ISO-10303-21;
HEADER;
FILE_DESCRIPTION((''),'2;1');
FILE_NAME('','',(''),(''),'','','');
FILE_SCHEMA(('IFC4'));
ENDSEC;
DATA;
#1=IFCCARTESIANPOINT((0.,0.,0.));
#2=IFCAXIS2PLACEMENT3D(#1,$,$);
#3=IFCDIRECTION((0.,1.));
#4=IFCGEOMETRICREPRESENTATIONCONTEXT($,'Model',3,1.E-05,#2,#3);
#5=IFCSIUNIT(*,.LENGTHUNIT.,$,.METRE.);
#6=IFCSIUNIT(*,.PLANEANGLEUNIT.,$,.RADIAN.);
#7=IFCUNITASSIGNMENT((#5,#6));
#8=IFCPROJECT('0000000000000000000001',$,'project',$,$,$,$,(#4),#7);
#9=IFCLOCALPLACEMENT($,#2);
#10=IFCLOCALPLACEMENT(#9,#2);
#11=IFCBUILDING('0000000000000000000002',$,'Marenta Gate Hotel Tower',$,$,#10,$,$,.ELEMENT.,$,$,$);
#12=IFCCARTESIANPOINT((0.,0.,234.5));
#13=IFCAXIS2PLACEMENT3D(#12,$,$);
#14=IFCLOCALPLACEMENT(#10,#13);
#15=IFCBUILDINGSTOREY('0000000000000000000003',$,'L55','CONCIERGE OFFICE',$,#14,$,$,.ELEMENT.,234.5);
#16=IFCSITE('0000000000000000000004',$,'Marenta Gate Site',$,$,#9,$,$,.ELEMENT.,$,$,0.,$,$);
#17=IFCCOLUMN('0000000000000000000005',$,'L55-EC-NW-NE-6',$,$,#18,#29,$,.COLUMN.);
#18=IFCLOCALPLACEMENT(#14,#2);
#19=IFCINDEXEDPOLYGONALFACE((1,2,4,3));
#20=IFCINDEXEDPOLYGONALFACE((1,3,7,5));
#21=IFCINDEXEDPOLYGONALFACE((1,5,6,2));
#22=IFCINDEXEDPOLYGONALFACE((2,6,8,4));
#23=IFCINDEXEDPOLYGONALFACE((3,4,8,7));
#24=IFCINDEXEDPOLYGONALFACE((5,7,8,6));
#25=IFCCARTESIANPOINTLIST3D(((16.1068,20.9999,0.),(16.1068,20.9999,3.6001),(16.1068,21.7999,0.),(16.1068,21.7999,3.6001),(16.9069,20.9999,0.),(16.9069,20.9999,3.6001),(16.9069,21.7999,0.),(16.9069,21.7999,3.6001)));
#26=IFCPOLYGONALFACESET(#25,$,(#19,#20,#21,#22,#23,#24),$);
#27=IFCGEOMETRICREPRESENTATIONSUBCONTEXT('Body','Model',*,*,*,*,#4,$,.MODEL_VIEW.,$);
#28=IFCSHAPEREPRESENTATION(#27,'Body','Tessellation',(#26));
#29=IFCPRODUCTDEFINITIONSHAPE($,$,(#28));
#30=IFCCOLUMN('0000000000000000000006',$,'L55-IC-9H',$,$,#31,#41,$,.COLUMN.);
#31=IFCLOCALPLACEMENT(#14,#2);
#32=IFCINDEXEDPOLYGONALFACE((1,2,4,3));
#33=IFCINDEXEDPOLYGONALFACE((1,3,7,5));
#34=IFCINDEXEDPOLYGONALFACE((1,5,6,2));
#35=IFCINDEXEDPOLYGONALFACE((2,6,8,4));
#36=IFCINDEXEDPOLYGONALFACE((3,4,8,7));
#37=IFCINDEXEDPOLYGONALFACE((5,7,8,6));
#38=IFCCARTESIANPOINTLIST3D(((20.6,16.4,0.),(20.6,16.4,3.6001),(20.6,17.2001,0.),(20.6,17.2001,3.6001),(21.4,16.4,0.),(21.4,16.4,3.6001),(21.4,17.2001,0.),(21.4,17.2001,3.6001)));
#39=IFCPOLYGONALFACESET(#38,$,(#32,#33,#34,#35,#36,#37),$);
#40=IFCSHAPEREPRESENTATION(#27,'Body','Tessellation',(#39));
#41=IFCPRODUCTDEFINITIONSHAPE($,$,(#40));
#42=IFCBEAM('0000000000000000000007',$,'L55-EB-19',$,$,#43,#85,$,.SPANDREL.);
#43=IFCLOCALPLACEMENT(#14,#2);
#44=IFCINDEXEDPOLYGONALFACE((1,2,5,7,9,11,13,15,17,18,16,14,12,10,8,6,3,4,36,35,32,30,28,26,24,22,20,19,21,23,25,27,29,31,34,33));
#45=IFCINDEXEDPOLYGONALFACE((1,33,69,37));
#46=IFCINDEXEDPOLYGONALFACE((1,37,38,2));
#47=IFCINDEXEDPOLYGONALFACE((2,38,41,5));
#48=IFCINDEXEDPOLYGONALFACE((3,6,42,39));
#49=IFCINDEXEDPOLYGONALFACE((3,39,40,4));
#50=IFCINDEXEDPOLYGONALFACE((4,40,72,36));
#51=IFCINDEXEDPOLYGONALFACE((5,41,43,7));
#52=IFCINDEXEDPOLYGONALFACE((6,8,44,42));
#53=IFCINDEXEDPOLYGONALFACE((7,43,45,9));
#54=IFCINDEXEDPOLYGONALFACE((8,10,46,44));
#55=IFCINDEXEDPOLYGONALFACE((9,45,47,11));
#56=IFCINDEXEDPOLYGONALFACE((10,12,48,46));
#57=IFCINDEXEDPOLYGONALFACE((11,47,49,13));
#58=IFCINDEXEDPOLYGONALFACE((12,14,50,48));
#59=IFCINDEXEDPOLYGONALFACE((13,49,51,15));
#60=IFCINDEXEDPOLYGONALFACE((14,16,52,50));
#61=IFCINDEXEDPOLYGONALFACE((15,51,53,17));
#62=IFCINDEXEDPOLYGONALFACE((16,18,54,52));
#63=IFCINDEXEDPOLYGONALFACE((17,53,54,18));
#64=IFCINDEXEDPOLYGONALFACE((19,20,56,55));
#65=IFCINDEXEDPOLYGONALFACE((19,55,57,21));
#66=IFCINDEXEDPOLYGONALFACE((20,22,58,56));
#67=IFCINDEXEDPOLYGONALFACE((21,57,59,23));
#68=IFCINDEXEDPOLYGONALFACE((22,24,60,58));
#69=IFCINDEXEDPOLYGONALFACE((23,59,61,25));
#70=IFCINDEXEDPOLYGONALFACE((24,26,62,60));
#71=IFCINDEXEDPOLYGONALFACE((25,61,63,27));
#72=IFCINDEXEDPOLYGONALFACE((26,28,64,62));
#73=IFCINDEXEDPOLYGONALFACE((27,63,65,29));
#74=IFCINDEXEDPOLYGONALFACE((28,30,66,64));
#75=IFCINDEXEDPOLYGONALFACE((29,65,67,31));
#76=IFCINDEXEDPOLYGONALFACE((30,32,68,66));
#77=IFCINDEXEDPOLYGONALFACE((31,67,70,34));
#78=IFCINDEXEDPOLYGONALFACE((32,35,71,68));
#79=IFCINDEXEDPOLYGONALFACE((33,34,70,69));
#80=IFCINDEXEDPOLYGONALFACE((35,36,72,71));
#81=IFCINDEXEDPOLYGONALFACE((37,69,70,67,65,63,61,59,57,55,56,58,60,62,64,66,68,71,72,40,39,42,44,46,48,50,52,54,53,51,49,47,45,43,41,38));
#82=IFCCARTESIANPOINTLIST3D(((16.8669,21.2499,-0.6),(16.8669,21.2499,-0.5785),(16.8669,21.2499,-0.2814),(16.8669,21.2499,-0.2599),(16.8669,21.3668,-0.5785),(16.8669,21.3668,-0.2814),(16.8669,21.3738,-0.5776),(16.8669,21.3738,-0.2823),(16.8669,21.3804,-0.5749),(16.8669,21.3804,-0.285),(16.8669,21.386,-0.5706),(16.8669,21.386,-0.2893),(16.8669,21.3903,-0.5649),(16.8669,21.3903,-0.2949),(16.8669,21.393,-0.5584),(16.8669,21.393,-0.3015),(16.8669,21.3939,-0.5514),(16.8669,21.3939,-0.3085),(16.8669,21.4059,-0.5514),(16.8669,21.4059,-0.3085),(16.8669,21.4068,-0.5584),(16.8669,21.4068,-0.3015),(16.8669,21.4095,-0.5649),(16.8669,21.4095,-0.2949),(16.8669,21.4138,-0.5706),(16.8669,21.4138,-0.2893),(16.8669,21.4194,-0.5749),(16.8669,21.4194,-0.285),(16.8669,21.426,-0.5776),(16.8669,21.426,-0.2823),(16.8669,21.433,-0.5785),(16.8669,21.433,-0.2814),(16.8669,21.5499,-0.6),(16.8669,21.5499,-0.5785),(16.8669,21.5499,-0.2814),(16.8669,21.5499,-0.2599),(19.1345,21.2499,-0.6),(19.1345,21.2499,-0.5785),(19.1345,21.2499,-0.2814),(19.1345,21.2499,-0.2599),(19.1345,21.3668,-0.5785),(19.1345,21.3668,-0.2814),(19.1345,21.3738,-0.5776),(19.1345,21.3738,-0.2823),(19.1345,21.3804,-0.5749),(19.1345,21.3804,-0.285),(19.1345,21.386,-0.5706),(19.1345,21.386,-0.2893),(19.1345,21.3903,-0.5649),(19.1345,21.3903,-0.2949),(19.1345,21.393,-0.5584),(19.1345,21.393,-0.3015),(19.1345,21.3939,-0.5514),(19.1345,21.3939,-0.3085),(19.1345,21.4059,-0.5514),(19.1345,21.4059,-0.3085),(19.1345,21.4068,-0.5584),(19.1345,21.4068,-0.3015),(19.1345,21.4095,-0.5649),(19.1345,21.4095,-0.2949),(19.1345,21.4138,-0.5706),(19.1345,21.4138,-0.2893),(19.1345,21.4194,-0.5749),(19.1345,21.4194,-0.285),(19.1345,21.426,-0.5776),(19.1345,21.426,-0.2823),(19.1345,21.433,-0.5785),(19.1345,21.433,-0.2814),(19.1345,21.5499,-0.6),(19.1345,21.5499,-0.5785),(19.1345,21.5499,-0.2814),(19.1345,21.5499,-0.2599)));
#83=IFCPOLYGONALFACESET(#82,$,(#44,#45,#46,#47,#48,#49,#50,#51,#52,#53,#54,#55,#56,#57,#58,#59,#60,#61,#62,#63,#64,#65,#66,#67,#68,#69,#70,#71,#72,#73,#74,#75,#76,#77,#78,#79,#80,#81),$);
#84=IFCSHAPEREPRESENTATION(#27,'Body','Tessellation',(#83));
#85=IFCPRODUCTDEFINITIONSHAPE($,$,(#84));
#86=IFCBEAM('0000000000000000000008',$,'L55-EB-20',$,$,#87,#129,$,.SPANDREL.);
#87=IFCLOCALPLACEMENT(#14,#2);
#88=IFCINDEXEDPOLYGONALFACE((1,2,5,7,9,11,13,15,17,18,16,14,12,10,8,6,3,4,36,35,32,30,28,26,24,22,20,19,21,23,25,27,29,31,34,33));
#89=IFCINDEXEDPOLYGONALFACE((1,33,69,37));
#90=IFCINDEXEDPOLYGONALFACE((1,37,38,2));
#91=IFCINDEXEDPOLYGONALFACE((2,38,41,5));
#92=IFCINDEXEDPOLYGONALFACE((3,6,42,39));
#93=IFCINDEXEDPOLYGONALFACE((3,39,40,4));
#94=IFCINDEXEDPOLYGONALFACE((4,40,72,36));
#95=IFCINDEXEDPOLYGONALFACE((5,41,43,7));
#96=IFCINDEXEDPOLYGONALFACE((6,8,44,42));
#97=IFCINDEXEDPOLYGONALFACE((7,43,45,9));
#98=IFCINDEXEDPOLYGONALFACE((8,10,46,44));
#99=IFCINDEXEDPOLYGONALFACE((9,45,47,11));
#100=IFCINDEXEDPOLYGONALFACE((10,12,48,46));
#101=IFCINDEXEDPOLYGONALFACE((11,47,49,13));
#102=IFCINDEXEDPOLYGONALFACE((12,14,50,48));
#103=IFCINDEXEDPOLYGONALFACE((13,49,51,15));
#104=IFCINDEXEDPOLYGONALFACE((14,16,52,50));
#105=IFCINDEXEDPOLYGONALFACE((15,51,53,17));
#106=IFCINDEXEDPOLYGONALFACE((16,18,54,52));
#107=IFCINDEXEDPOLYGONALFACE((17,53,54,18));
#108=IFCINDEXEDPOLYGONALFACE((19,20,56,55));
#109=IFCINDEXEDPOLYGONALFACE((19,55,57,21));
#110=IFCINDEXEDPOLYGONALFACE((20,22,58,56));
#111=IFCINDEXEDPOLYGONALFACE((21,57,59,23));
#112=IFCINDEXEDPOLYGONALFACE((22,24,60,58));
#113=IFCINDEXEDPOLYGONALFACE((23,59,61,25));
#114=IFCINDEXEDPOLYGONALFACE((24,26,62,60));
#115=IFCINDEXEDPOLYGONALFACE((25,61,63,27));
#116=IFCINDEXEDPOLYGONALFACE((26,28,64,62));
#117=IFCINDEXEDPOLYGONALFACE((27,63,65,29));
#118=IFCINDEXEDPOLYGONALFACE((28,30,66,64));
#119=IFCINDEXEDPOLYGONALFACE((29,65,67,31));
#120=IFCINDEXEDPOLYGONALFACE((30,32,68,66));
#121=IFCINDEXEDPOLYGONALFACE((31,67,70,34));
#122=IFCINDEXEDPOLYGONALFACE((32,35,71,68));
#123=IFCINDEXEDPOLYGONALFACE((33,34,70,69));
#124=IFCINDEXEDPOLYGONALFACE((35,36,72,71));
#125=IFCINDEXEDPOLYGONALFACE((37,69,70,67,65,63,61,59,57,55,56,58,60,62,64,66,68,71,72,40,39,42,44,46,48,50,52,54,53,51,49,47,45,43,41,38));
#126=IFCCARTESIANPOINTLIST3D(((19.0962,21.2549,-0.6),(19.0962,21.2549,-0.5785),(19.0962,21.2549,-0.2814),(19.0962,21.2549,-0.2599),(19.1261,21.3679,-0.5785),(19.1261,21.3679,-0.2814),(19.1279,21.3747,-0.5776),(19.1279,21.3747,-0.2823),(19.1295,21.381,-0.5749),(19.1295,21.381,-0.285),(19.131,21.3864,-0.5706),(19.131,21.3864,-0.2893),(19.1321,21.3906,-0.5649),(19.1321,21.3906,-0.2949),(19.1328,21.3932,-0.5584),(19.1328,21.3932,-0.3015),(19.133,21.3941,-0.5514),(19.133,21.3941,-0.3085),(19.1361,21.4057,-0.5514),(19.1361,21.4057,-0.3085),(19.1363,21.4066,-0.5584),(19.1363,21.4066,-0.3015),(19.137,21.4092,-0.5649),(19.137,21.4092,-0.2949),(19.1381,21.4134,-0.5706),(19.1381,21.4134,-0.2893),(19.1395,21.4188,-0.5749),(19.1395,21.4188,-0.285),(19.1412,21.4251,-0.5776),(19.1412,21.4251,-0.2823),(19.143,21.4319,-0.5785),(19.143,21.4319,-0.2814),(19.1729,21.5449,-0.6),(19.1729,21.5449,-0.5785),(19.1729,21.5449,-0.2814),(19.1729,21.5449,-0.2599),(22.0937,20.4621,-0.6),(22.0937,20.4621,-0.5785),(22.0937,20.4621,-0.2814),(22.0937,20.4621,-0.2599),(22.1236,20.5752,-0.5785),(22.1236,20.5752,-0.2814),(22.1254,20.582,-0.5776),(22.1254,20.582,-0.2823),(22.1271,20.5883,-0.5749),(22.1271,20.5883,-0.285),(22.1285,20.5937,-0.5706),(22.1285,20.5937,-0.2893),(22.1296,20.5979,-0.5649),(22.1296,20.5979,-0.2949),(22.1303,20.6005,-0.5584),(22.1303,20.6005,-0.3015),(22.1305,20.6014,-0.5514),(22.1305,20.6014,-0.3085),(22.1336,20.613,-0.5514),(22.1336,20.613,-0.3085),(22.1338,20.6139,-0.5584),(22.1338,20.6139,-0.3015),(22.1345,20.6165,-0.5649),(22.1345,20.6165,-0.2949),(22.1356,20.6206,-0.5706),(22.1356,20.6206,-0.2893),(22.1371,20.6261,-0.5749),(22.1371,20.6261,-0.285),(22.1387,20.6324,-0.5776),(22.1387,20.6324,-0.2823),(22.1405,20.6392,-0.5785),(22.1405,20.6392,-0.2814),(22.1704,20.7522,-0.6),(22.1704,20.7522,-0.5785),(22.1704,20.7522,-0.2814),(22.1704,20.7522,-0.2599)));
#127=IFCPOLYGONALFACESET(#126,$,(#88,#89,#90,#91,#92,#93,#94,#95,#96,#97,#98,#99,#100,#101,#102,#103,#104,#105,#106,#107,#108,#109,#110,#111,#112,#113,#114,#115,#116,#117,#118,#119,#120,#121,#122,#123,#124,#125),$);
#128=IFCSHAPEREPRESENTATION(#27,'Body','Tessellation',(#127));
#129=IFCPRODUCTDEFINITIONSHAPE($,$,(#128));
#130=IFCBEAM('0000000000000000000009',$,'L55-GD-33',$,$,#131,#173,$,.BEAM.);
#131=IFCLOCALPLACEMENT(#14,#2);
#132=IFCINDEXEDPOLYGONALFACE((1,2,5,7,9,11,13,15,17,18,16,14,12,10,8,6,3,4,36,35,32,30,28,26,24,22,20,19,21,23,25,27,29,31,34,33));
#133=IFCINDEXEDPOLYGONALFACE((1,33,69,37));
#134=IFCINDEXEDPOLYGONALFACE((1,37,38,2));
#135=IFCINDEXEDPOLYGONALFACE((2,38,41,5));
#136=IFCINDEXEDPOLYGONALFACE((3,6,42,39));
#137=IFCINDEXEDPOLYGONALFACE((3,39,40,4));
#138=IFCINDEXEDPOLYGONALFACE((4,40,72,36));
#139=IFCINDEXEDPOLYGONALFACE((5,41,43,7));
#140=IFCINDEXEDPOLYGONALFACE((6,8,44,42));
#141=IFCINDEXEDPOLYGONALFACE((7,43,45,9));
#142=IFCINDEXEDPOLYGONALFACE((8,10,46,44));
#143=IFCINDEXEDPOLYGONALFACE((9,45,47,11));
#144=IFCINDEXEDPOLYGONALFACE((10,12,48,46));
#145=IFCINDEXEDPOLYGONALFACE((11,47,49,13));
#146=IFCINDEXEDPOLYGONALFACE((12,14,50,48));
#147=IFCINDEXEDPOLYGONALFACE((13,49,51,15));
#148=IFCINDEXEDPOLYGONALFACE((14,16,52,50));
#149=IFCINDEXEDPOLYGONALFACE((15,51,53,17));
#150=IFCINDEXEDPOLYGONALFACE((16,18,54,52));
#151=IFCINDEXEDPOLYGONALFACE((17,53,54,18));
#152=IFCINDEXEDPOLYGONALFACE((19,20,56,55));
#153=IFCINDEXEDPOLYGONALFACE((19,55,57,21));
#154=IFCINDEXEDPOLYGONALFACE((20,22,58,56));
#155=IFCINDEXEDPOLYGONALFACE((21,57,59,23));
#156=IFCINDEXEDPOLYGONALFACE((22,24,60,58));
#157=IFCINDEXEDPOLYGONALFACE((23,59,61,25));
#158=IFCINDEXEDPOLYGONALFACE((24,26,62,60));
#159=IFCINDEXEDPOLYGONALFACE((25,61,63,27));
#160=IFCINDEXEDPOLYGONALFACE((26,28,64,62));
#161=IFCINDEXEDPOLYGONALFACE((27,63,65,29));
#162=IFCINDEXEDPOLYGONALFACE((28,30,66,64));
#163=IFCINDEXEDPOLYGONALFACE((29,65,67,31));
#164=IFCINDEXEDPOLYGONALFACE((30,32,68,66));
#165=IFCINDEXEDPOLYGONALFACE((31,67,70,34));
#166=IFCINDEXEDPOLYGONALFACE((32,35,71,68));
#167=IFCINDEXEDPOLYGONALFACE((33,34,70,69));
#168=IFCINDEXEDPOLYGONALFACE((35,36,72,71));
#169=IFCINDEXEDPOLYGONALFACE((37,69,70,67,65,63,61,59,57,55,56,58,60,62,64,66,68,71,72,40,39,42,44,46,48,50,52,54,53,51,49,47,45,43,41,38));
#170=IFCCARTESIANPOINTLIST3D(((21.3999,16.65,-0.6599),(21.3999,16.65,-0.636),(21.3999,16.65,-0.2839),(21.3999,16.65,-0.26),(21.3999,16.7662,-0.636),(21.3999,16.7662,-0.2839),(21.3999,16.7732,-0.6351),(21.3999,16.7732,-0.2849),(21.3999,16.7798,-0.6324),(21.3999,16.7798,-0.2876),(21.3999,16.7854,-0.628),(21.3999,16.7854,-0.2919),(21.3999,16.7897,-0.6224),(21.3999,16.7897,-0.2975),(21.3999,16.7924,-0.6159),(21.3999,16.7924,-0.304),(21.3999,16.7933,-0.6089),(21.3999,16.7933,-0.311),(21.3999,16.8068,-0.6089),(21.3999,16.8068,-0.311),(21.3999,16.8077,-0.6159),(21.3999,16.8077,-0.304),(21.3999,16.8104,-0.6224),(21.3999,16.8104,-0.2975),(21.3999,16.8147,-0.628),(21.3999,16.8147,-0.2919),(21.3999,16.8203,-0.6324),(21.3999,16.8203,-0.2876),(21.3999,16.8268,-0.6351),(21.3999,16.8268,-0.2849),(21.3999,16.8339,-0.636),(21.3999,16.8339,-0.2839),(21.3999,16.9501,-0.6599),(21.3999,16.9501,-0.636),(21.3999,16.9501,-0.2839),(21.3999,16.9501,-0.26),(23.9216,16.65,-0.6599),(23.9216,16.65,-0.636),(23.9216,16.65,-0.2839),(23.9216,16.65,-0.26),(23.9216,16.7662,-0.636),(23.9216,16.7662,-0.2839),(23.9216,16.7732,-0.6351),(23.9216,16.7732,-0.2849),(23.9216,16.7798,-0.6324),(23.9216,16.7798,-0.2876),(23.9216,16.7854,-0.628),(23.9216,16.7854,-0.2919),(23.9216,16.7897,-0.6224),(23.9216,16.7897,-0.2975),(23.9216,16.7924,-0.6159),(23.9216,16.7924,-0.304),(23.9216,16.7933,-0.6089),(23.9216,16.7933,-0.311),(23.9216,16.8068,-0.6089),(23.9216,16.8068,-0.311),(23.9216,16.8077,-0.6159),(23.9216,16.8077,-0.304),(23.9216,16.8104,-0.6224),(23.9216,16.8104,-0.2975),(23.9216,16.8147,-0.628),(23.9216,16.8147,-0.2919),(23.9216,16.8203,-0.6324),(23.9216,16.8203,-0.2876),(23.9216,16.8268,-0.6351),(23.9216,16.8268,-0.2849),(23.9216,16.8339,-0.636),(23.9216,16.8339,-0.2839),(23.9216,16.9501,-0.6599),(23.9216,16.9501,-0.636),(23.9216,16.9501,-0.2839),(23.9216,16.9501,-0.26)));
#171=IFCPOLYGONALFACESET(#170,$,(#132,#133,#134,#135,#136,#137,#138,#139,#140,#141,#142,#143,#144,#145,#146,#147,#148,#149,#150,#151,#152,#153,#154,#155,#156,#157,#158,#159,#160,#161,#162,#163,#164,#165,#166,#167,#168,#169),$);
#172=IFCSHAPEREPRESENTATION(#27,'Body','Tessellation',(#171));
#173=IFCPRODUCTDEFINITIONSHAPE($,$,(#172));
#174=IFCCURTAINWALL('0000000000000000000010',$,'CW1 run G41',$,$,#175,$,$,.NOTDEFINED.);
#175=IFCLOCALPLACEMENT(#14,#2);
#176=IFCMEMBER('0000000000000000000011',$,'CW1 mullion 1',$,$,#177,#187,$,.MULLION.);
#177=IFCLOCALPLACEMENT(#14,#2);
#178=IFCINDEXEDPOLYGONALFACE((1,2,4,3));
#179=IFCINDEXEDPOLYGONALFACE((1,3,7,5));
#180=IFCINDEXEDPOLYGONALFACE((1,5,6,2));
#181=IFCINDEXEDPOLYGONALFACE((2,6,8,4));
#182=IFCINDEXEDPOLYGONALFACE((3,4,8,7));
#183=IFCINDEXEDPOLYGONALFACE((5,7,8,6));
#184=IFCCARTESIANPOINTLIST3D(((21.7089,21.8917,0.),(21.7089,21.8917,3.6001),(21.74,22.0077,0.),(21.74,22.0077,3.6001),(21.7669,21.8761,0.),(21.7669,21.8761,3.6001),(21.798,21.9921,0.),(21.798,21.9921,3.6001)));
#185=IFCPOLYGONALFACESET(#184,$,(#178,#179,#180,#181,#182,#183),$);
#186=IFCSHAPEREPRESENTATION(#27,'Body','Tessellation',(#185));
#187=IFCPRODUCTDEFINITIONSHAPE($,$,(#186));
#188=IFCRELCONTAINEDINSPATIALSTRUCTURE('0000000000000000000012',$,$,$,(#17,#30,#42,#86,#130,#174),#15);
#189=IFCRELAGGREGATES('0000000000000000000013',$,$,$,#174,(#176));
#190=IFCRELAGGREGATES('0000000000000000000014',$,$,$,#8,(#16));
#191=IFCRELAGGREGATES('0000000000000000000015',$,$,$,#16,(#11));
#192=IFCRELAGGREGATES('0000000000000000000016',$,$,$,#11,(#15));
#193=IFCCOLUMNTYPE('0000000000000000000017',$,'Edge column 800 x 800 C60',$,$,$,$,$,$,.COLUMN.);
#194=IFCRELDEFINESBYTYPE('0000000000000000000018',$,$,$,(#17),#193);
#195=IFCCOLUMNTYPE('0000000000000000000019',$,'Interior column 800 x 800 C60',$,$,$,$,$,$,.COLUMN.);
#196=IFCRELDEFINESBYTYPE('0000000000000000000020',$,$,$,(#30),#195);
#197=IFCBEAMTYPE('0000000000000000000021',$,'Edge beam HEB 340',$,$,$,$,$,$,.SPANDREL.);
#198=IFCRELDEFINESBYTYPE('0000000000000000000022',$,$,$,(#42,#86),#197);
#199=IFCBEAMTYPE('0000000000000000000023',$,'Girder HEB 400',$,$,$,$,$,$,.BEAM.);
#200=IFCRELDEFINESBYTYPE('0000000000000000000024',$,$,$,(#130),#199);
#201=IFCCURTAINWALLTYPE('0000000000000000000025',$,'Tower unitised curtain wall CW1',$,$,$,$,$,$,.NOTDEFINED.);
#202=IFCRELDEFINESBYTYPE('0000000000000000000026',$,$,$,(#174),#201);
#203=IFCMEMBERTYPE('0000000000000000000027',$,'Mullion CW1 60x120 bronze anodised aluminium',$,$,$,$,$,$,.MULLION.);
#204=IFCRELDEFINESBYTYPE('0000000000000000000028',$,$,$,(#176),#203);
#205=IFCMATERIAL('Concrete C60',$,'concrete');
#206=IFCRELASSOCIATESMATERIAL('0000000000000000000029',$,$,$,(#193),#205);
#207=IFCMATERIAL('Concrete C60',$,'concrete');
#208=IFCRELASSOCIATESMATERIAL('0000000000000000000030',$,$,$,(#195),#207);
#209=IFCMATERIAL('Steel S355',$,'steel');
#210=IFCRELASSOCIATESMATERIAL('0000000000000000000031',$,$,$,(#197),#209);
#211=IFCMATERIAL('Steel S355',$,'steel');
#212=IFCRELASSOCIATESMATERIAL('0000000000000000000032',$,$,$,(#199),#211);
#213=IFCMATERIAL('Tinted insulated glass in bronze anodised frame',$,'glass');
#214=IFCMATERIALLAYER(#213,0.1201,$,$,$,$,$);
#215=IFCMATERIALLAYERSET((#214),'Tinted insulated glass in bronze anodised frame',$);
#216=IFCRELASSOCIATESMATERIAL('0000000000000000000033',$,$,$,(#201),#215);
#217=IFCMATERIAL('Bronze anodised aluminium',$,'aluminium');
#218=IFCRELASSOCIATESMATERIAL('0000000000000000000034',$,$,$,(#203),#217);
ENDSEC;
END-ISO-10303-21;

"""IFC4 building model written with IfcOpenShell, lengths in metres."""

from ifc_helpers import new_model, si_unit, direction, frame, origin, origin_2d, place, context, subcontext, project, spatial, rectangle, i_section, extrude, material, layer, layer_set, material_profile, profile_set, type_object, element, aggregate, save


model = new_model("IFC4")

# Units and contexts
model_context = context("Model", 3, precision=1e-05, world=origin(), true_north=direction((0.0, 1.0)))
body_context = subcontext(model_context, "Body", "Model", "MODEL_VIEW")
ifc_project = project(units=[si_unit("LENGTHUNIT", "METRE"), si_unit("PLANEANGLEUNIT", "RADIAN")], contexts=[model_context])

# Site, building, storey
site_placement = place(None, origin())
site = spatial("IfcSite", under=ifc_project, at=site_placement, Name="Marenta Gate Site", CompositionType="ELEMENT", RefElevation=0.0)
building_placement = place(site_placement, origin())
building = spatial("IfcBuilding", under=site, at=building_placement, Name="Marenta Gate Hotel Tower", CompositionType="ELEMENT")
storey_placement = place(building_placement, frame((0.0, 0.0, 234.5)))
storey = spatial("IfcBuildingStorey", under=building, at=storey_placement, Name="L55", Description="CONCIERGE OFFICE", CompositionType="ELEMENT", Elevation=234.5)

# Columns
ifc_material_1 = material(Name="Concrete C60", Category="concrete")
ifc_material_profile_1 = material_profile(ifc_material_1, rectangle(XDim=0.8, YDim=0.8, at=origin_2d()), Name="800 x 800")
ifc_profile_set_1 = profile_set([ifc_material_profile_1], Name="Concrete C60")
column_type_1 = type_object("IfcColumnType", Name="Edge column 800 x 800 C60", PredefinedType="COLUMN", material=ifc_profile_set_1)
column_1_placement = place(storey_placement, frame((16.5068, 21.3999, 0.0), z_axis=(0.0, 0.0, 1.0), x_axis=(1.0, 0.0, 0.0)))
element("IfcColumn", 1, at=column_1_placement, inside=storey, type_object=column_type_1, Name="L55-EC-NW-NE-6", PredefinedType="COLUMN", context=body_context, shape_type="SweptSolid", body=[
    extrude(rectangle(XDim=0.8, YDim=0.8, at=origin_2d()), origin(), (0.0, 0.0, 1.0), 3.6001),
])
ifc_material_2 = material(Name="Concrete C60", Category="concrete")
ifc_material_profile_2 = material_profile(ifc_material_2, rectangle(XDim=0.8, YDim=0.8, at=origin_2d()), Name="800 x 800")
ifc_profile_set_2 = profile_set([ifc_material_profile_2], Name="Concrete C60")
column_type_2 = type_object("IfcColumnType", Name="Interior column 800 x 800 C60", PredefinedType="COLUMN", material=ifc_profile_set_2)
column_2_placement = place(storey_placement, frame((21.0, 16.8, 0.0), z_axis=(0.0, 0.0, 1.0), x_axis=(1.0, 0.0, 0.0)))
element("IfcColumn", 2, at=column_2_placement, inside=storey, type_object=column_type_2, Name="L55-IC-9H", PredefinedType="COLUMN", context=body_context, shape_type="SweptSolid", body=[
    extrude(rectangle(XDim=0.8, YDim=0.8, at=origin_2d()), origin(), (0.0, 0.0, 1.0), 3.6001),
])

# Beams
ifc_material_3 = material(Name="Steel S355", Category="steel")
ifc_material_profile_3 = material_profile(ifc_material_3, i_section(OverallWidth=0.3, OverallDepth=0.3401, WebThickness=0.012, FlangeThickness=0.0215, FilletRadius=0.0271, at=origin_2d()), Name="HEB 340")
ifc_profile_set_3 = profile_set([ifc_material_profile_3], Name="Steel S355")
beam_type_1 = type_object("IfcBeamType", Name="Edge beam HEB 340", PredefinedType="SPANDREL", material=ifc_profile_set_3)
beam_1_placement = place(storey_placement, frame((16.8669, 21.3999, -0.4299), z_axis=(1.0, 0.0, 0.0), x_axis=(0.0, 1.0, 0.0)))
element("IfcBeam", 3, at=beam_1_placement, inside=storey, type_object=beam_type_1, Name="L55-EB-19", PredefinedType="SPANDREL", context=body_context, shape_type="SweptSolid", body=[
    extrude(i_section(OverallWidth=0.3, OverallDepth=0.3401, WebThickness=0.012, FlangeThickness=0.0215, FilletRadius=0.0271, at=origin_2d()), origin(), (0.0, 0.0, 1.0), 2.2676),
])
beam_2_placement = place(storey_placement, frame((19.1345, 21.3999, -0.4299), z_axis=(0.966765, -0.255667, 0.0), x_axis=(0.255667, 0.966765, 0.0)))
element("IfcBeam", 4, at=beam_2_placement, inside=storey, type_object=beam_type_1, Name="L55-EB-20", PredefinedType="SPANDREL", context=body_context, shape_type="SweptSolid", body=[
    extrude(i_section(OverallWidth=0.3, OverallDepth=0.3401, WebThickness=0.012, FlangeThickness=0.0215, FilletRadius=0.0271, at=origin_2d()), origin(), (0.0, 0.0, 1.0), 3.1006),
])
ifc_material_4 = material(Name="Steel S355", Category="steel")
ifc_material_profile_4 = material_profile(ifc_material_4, i_section(OverallWidth=0.3, OverallDepth=0.3999, WebThickness=0.0134, FlangeThickness=0.0239, FilletRadius=0.0271, at=origin_2d()), Name="HEB 400")
ifc_profile_set_4 = profile_set([ifc_material_profile_4], Name="Steel S355")
beam_type_2 = type_object("IfcBeamType", Name="Girder HEB 400", PredefinedType="BEAM", material=ifc_profile_set_4)
beam_3_placement = place(storey_placement, frame((21.3999, 16.8, -0.46), z_axis=(1.0, 0.0, 0.0), x_axis=(0.0, 1.0, 0.0)))
element("IfcBeam", 5, at=beam_3_placement, inside=storey, type_object=beam_type_2, Name="L55-GD-33", PredefinedType="BEAM", context=body_context, shape_type="SweptSolid", body=[
    extrude(i_section(OverallWidth=0.3, OverallDepth=0.3999, WebThickness=0.0134, FlangeThickness=0.0239, FilletRadius=0.0271, at=origin_2d()), origin(), (0.0, 0.0, 1.0), 2.5217),
])

# Curtain wall, member
ifc_material_5 = material(Name="Tinted insulated glass in bronze anodised frame", Category="glass")
ifc_layer_1 = layer(ifc_material_5, 0.1201)
ifc_layer_set_1 = layer_set([ifc_layer_1], Name="Tinted insulated glass in bronze anodised frame")
curtain_wall_type = type_object("IfcCurtainWallType", Name="Tower unitised curtain wall CW1", PredefinedType="NOTDEFINED", material=ifc_layer_set_1)
curtain_wall_placement = place(storey_placement, origin())
curtain_wall = element("IfcCurtainWall", 6, at=curtain_wall_placement, inside=storey, type_object=curtain_wall_type, Name="CW1 run G41", PredefinedType="NOTDEFINED")
ifc_material_6 = material(Name="Bronze anodised aluminium", Category="aluminium")
ifc_material_profile_5 = material_profile(ifc_material_6, rectangle(XDim=0.1201, YDim=0.0601, at=origin_2d()), Name="Mullion CW1 60x120 bronze anodised aluminium")
ifc_profile_set_5 = profile_set([ifc_material_profile_5], Name="Bronze anodised aluminium")
member_type_1 = type_object("IfcMemberType", Name="Mullion CW1 60x120 bronze anodised aluminium", PredefinedType="MULLION", material=ifc_profile_set_5)
member_1_placement = place(storey_placement, frame((21.7534, 21.9419, 0.0), z_axis=(0.0, 0.0, 1.0), x_axis=(-0.258805, -0.96593, 0.0)))
member_1 = element("IfcMember", 7, at=member_1_placement, type_object=member_type_1, Name="CW1 mullion 1", PredefinedType="MULLION", context=body_context, shape_type="SweptSolid", body=[
    extrude(rectangle(XDim=0.1201, YDim=0.0601, at=origin_2d()), origin(), (0.0, 0.0, 1.0), 3.6001),
])
aggregate(curtain_wall, [member_1])

save(model, "model.ifc")
